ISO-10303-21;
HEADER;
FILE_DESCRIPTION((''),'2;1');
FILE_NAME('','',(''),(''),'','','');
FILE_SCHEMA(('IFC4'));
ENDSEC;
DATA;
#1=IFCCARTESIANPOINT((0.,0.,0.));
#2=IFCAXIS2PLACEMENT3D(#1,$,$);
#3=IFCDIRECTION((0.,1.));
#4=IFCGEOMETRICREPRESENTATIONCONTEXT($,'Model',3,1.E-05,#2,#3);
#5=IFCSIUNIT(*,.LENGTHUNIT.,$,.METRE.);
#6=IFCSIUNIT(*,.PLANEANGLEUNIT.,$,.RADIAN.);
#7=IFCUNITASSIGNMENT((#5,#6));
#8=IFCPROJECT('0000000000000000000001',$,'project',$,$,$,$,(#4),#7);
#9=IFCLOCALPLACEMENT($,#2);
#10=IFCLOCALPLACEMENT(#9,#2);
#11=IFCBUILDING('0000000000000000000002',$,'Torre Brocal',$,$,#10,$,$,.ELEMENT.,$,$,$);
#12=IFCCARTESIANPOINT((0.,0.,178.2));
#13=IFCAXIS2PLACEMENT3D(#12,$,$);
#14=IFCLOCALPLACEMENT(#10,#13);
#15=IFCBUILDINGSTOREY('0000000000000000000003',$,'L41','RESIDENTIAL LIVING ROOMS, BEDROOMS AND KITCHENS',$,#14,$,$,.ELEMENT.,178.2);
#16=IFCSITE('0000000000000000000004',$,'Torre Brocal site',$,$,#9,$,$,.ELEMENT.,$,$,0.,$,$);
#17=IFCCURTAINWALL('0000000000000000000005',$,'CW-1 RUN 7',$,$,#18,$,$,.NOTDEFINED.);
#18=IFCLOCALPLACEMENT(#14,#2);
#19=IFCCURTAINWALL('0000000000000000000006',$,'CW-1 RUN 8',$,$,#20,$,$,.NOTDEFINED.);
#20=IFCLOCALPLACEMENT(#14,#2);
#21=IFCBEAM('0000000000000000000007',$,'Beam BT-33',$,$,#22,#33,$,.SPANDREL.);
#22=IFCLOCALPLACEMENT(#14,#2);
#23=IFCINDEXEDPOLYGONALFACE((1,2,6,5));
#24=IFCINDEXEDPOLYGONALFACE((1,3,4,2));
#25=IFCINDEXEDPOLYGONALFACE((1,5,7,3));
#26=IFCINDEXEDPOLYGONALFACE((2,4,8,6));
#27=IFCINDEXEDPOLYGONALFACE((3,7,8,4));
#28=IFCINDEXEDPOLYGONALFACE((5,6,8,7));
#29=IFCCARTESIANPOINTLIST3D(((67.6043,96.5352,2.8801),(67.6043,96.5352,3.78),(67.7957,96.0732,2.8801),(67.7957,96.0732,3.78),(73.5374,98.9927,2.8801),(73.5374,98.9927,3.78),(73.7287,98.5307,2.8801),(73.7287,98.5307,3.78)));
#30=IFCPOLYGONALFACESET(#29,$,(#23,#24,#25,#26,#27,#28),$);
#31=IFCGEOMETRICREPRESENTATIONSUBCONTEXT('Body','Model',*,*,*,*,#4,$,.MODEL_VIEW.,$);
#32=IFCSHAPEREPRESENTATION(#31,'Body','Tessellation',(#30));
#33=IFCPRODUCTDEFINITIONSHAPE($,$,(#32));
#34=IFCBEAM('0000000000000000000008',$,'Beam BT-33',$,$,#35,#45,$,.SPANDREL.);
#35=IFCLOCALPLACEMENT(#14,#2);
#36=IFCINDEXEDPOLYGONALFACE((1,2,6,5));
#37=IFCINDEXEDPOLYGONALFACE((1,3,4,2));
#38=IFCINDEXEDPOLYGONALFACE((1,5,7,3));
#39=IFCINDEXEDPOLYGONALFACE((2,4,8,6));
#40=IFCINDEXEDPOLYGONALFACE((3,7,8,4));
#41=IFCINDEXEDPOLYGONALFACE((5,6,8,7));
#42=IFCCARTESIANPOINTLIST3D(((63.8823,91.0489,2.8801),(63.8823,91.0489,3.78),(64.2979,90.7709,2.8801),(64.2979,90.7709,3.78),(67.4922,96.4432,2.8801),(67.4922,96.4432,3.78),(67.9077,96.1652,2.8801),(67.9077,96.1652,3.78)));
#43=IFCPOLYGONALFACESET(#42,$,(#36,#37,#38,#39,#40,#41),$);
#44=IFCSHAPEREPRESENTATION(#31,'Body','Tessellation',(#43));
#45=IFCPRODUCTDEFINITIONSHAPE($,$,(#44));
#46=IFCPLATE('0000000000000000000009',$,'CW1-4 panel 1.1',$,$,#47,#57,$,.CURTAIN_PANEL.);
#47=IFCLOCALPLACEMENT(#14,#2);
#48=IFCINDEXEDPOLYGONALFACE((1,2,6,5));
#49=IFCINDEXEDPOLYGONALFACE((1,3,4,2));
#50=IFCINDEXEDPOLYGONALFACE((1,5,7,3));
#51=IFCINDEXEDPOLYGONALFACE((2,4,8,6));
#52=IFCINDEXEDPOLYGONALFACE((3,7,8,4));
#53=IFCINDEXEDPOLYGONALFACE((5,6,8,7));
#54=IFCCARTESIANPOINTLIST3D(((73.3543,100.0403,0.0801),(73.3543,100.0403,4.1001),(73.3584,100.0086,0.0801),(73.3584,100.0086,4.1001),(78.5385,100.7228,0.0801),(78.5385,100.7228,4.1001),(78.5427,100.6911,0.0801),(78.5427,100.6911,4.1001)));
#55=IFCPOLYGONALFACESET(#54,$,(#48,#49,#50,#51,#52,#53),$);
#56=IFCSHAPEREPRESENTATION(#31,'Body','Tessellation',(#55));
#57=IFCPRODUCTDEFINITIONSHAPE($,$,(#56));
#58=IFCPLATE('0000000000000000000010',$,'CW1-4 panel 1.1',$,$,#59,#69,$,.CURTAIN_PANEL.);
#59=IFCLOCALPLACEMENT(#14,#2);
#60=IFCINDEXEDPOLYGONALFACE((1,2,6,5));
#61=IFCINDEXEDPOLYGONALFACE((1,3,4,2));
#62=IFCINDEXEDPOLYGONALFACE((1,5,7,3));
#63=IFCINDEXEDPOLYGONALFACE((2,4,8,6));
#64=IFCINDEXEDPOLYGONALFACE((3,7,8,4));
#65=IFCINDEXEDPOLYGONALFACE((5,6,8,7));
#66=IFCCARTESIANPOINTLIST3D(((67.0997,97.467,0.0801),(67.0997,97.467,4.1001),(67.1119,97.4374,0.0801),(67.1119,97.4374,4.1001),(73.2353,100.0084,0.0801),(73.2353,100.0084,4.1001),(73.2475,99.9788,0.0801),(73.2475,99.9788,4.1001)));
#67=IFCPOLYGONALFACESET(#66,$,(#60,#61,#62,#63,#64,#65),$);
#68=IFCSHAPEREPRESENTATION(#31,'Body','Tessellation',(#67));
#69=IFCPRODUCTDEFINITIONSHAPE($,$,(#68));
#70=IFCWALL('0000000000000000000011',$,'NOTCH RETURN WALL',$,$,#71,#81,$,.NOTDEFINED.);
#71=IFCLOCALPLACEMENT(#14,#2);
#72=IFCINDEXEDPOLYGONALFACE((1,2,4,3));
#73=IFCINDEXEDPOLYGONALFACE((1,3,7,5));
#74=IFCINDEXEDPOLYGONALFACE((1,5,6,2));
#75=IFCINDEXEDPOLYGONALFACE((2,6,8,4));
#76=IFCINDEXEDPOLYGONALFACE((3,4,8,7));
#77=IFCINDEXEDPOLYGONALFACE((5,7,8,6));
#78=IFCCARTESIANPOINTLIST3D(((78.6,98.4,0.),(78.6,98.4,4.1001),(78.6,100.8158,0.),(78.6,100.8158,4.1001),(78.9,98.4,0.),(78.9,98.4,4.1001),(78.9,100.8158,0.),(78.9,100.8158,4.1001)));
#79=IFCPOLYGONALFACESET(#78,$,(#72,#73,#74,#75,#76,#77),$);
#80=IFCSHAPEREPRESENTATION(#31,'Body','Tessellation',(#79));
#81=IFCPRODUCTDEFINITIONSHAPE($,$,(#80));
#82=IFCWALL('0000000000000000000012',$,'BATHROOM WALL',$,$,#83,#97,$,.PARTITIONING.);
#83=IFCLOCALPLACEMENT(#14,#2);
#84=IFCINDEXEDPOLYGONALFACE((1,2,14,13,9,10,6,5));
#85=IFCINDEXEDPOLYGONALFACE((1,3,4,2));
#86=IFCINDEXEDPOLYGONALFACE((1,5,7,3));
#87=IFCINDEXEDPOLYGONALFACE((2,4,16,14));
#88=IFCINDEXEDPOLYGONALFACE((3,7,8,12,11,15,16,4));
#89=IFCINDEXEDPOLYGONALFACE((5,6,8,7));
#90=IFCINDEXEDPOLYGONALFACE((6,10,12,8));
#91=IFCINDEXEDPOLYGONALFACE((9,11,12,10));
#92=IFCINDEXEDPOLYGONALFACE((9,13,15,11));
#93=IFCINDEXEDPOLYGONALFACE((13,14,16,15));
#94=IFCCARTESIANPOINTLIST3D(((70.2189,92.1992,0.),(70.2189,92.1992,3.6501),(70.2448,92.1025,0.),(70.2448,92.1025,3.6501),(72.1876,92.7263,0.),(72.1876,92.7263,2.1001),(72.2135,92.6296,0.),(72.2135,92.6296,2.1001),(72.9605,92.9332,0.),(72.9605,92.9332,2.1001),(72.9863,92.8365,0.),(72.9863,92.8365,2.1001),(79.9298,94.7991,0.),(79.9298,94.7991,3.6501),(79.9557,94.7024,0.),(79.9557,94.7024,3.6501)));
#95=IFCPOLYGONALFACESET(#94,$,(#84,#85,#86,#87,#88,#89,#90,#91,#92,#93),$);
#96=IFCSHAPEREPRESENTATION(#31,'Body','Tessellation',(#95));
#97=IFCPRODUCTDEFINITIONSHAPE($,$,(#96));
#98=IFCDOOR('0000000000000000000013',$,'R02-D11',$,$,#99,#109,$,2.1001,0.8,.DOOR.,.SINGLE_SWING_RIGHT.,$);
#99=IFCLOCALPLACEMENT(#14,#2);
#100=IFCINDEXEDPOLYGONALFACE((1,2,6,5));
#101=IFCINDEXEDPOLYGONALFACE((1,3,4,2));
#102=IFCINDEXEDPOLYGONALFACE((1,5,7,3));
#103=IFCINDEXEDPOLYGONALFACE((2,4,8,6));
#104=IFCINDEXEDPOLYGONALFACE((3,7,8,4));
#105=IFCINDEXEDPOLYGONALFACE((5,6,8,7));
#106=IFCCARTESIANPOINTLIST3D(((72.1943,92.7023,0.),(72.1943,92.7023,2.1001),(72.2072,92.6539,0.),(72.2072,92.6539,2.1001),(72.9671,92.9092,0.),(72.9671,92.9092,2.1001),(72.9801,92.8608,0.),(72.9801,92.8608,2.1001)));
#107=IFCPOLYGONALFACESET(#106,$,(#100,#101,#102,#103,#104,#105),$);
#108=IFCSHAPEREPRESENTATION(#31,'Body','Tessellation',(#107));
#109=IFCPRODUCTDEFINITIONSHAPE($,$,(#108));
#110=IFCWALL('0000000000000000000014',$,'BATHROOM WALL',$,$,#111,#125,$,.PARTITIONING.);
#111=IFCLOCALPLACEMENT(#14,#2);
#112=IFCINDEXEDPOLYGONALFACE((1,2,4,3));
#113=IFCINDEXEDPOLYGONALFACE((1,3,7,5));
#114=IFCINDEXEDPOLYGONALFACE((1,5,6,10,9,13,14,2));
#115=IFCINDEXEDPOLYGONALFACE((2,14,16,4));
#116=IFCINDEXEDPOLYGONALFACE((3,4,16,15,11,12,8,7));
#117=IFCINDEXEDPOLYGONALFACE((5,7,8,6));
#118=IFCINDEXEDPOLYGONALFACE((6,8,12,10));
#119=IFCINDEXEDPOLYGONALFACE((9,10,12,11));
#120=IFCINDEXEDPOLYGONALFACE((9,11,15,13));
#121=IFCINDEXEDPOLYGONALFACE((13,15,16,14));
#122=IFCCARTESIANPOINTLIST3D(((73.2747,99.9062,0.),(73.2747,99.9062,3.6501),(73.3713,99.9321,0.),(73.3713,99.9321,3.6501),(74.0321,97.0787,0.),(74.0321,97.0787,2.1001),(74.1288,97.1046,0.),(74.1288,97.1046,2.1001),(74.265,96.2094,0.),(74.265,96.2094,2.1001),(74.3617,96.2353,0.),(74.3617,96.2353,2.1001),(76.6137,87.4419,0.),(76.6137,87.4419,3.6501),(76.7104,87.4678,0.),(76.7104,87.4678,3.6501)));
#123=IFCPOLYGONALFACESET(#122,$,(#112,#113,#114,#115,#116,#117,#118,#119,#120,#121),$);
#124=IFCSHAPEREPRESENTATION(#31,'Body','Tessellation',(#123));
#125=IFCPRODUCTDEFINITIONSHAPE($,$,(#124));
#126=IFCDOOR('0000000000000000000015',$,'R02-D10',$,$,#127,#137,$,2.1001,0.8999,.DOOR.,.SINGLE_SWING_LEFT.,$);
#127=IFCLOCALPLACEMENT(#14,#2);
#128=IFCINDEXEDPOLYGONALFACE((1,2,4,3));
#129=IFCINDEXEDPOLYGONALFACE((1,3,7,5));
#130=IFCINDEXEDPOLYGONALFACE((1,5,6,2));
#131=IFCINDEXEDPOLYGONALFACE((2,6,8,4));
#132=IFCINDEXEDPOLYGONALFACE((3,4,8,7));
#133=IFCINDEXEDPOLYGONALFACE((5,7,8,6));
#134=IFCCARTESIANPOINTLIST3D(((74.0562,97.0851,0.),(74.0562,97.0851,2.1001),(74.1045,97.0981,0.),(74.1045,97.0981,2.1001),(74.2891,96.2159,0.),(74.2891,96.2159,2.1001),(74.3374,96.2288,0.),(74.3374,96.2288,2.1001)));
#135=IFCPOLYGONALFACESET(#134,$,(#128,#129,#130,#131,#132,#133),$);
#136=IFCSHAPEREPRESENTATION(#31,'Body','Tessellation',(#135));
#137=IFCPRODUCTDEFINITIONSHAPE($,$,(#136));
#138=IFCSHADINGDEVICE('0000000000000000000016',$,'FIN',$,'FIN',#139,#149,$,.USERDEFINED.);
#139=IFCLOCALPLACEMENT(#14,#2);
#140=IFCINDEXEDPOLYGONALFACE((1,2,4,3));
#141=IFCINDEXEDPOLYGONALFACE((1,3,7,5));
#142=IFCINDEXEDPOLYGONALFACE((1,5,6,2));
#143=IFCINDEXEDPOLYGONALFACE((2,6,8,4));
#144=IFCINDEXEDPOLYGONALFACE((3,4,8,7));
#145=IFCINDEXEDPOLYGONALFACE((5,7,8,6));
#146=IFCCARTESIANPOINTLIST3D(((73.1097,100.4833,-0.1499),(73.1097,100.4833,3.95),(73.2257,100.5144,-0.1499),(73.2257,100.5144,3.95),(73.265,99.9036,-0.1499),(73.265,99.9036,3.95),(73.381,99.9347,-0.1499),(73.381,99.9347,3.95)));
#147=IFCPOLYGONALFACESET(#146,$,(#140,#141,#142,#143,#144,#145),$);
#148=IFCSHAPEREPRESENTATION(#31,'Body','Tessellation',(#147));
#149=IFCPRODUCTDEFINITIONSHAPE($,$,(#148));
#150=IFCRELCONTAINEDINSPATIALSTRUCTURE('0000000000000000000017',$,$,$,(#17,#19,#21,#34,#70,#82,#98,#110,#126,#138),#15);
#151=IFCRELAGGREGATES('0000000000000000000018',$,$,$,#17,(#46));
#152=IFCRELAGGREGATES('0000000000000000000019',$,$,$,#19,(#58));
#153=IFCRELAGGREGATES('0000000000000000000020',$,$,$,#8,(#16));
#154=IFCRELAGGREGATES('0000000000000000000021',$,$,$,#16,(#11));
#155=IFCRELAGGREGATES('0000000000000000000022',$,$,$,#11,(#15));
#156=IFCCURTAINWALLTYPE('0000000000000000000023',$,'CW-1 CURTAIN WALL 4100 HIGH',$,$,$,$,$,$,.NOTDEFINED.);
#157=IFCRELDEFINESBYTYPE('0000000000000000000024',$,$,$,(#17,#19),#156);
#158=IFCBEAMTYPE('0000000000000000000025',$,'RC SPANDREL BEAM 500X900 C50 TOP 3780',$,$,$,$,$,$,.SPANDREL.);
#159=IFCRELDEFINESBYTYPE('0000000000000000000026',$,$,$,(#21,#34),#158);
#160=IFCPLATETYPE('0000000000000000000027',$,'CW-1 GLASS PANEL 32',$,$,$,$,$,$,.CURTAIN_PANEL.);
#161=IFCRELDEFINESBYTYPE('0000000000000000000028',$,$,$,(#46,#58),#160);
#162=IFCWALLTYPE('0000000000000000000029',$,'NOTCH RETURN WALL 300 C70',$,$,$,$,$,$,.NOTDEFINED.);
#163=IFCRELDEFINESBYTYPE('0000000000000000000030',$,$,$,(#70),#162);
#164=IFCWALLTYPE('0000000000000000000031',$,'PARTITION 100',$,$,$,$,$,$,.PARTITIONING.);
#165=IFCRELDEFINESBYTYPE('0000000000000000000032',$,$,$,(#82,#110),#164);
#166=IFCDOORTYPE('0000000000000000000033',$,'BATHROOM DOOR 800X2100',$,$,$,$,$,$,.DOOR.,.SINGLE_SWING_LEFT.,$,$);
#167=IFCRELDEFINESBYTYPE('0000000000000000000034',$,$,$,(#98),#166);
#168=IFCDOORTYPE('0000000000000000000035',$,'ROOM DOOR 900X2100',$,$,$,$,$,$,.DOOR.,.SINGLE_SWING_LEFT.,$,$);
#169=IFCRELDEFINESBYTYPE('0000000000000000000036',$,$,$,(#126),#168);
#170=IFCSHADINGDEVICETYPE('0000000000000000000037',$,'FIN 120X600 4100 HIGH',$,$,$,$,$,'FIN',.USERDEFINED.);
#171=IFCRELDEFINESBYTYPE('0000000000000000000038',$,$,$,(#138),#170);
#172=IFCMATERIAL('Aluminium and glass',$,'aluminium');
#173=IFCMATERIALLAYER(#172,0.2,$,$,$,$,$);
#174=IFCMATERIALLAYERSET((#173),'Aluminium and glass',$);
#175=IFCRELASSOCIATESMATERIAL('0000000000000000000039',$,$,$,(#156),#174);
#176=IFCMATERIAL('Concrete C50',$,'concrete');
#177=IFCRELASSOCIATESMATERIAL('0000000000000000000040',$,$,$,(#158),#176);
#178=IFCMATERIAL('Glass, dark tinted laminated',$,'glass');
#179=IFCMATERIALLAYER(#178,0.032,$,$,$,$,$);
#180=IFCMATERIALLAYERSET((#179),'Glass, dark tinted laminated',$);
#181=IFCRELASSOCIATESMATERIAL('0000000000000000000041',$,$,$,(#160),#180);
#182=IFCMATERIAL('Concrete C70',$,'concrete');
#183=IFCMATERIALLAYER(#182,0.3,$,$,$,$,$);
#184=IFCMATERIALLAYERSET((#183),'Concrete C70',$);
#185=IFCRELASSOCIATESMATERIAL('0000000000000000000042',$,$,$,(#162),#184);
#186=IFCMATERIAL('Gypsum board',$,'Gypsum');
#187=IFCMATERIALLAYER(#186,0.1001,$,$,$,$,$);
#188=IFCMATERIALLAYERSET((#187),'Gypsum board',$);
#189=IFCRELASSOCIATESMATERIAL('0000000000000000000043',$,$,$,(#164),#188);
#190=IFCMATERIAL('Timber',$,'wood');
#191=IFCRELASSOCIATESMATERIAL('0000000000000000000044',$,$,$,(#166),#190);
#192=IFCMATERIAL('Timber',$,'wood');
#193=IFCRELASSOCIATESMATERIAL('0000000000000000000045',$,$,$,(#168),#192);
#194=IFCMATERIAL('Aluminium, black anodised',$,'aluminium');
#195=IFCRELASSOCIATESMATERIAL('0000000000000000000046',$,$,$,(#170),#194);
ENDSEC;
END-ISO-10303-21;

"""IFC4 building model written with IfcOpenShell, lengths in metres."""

from ifc_helpers import new_model, si_unit, direction, frame, frame_2d, origin, origin_2d, place, context, subcontext, project, spatial, rectangle, extrude, material, layer, layer_set, material_profile, profile_set, type_object, element, fill, aggregate, save


model = new_model("IFC4")

# Units and contexts
model_context = context("Model", 3, precision=1e-05, world=origin(), true_north=direction((0.0, 1.0)))
body_context = subcontext(model_context, "Body", "Model", "MODEL_VIEW")
ifc_project = project(units=[si_unit("LENGTHUNIT", "METRE"), si_unit("PLANEANGLEUNIT", "RADIAN")], contexts=[model_context])

# Site, building, storey
site_placement = place(None, origin())
site = spatial("IfcSite", under=ifc_project, at=site_placement, Name="Torre Brocal site", CompositionType="ELEMENT", RefElevation=0.0)
building_placement = place(site_placement, origin())
building = spatial("IfcBuilding", under=site, at=building_placement, Name="Torre Brocal", CompositionType="ELEMENT")
storey_placement = place(building_placement, frame((0.0, 0.0, 178.2)))
storey = spatial("IfcBuildingStorey", under=building, at=storey_placement, Name="L41", Description="RESIDENTIAL LIVING ROOMS, BEDROOMS AND KITCHENS", CompositionType="ELEMENT", Elevation=178.2)

# Curtain wall
ifc_material_1 = material(Name="Aluminium and glass", Category="aluminium")
ifc_layer_1 = layer(ifc_material_1, 0.2)
ifc_layer_set_1 = layer_set([ifc_layer_1], Name="Aluminium and glass")
curtain_wall_type = type_object("IfcCurtainWallType", Name="CW-1 CURTAIN WALL 4100 HIGH", PredefinedType="NOTDEFINED", material=ifc_layer_set_1)
curtain_wall_1_placement = place(storey_placement, origin())
curtain_wall_1 = element("IfcCurtainWall", 1, at=curtain_wall_1_placement, inside=storey, type_object=curtain_wall_type, Name="CW-1 RUN 7", PredefinedType="NOTDEFINED")

# Curtain wall
curtain_wall_2_placement = place(storey_placement, origin())
curtain_wall_2 = element("IfcCurtainWall", 2, at=curtain_wall_2_placement, inside=storey, type_object=curtain_wall_type, Name="CW-1 RUN 8", PredefinedType="NOTDEFINED")

# Beams
ifc_material_2 = material(Name="Concrete C50", Category="concrete")
ifc_material_profile_1 = material_profile(ifc_material_2, rectangle(XDim=0.5, YDim=0.8999, at=origin_2d()), Name="RC 500X900")
ifc_profile_set_1 = profile_set([ifc_material_profile_1], Name="Concrete C50")
beam_type_1 = type_object("IfcBeamType", Name="RC SPANDREL BEAM 500X900 C50 TOP 3780", PredefinedType="SPANDREL", material=ifc_profile_set_1)
beam_1_placement = place(storey_placement, frame((73.6331, 98.7617, 3.3301), z_axis=(-0.923882, -0.382676, 0.0), x_axis=(0.382676, -0.923882, 0.0)))
element("IfcBeam", 3, at=beam_1_placement, inside=storey, type_object=beam_type_1, Name="Beam BT-33", PredefinedType="SPANDREL", context=body_context, shape_type="SweptSolid", body=[
    extrude(rectangle(XDim=0.5, YDim=0.8999, at=origin_2d()), origin(), (0.0, 0.0, 1.0), 6.4219),
])
beam_2_placement = place(storey_placement, frame((67.7, 96.3042, 3.3301), z_axis=(-0.556158, -0.831077, 0.0), x_axis=(0.831077, -0.556158, 0.0)))
element("IfcBeam", 4, at=beam_2_placement, inside=storey, type_object=beam_type_1, Name="Beam BT-33", PredefinedType="SPANDREL", context=body_context, shape_type="SweptSolid", body=[
    extrude(rectangle(XDim=0.5, YDim=0.8999, at=origin_2d()), origin(), (0.0, 0.0, 1.0), 6.4907),
])

# Plates
ifc_material_3 = material(Name="Glass, dark tinted laminated", Category="glass")
ifc_layer_2 = layer(ifc_material_3, 0.032)
ifc_layer_set_2 = layer_set([ifc_layer_2], Name="Glass, dark tinted laminated")
plate_type = type_object("IfcPlateType", Name="CW-1 GLASS PANEL 32", PredefinedType="CURTAIN_PANEL", material=ifc_layer_set_2)
plate_1_placement = place(storey_placement, frame((75.9485, 100.3657, 0.0801), z_axis=(0.0, 0.0, 1.0), x_axis=(-0.991445, -0.130526, 0.0)))
plate_1 = element("IfcPlate", 5, at=plate_1_placement, type_object=plate_type, Name="CW1-4 panel 1.1", PredefinedType="CURTAIN_PANEL", context=body_context, shape_type="SweptSolid", body=[
    extrude(rectangle(XDim=5.229, YDim=0.032, at=origin_2d()), origin(), (0.0, 0.0, 1.0), 4.02),
])
aggregate(curtain_wall_1, [plate_1])
plate_2_placement = place(storey_placement, frame((70.1736, 98.7229, 0.0801), z_axis=(0.0, 0.0, 1.0), x_axis=(-0.92388, -0.382683, 0.0)))
plate_2 = element("IfcPlate", 6, at=plate_2_placement, type_object=plate_type, Name="CW1-4 panel 1.1", PredefinedType="CURTAIN_PANEL", context=body_context, shape_type="SweptSolid", body=[
    extrude(rectangle(XDim=6.6411, YDim=0.032, at=origin_2d()), origin(), (0.0, 0.0, 1.0), 4.02),
])
aggregate(curtain_wall_2, [plate_2])

# Wall
ifc_material_4 = material(Name="Concrete C70", Category="concrete")
ifc_layer_3 = layer(ifc_material_4, 0.3)
ifc_layer_set_3 = layer_set([ifc_layer_3], Name="Concrete C70")
wall_type_1 = type_object("IfcWallType", Name="NOTCH RETURN WALL 300 C70", PredefinedType="NOTDEFINED", material=ifc_layer_set_3)
wall_1_placement = place(storey_placement, frame((78.75, 98.3999, 0.0), z_axis=(0.0, 0.0, 1.0), x_axis=(0.0, 1.0, 0.0)))
element("IfcWall", 7, at=wall_1_placement, inside=storey, type_object=wall_type_1, Name="NOTCH RETURN WALL", PredefinedType="NOTDEFINED", context=body_context, shape_type="SweptSolid", body=[
    extrude(rectangle(XDim=2.4158, YDim=0.3, at=frame_2d((1.208, 0.0))), origin(), (0.0, 0.0, 1.0), 4.1001),
])

# Walls, openings, doors
ifc_material_5 = material(Name="Gypsum board", Category="Gypsum")
ifc_layer_4 = layer(ifc_material_5, 0.1001)
ifc_layer_set_4 = layer_set([ifc_layer_4], Name="Gypsum board")
wall_type_2 = type_object("IfcWallType", Name="PARTITION 100", PredefinedType="PARTITIONING", material=ifc_layer_set_4)
wall_2_placement = place(storey_placement, frame((70.2319, 92.1509, 0.0), z_axis=(0.0, 0.0, 1.0), x_axis=(0.96598, 0.258616, 0.0)))
wall_2 = element("IfcWall", 8, at=wall_2_placement, inside=storey, type_object=wall_type_2, Name="BATHROOM WALL", PredefinedType="PARTITIONING", context=body_context, shape_type="SweptSolid", body=[
    extrude(rectangle(XDim=10.053, YDim=0.1001, at=frame_2d((5.0264, 0.0))), origin(), (0.0, 0.0, 1.0), 3.6501),
])
opening_1_placement = place(wall_2_placement, frame((2.0381, 0.0, 0.0)))
opening_1 = element("IfcOpeningElement", 9, at=opening_1_placement, cuts=wall_2, PredefinedType="OPENING", context=body_context, shape_type="SweptSolid", body=[
    extrude(rectangle(XDim=0.8, YDim=2.1001, at=frame_2d((0.3999, 1.05))), frame((0.0, 0.0601, 0.0), z_axis=(0.0, -1.0, 0.0), x_axis=(1.0, 0.0, 0.0)), (0.0, 0.0, 1.0), 0.1201),
])
ifc_material_6 = material(Name="Timber", Category="wood")
door_type_1 = type_object("IfcDoorType", Name="BATHROOM DOOR 800X2100", OperationType="SINGLE_SWING_LEFT", PredefinedType="DOOR", material=ifc_material_6)
door_1_placement = place(opening_1_placement, frame((0.8, 0.0, 0.0), z_axis=(0.0, 0.0, 1.0), x_axis=(-1.0, 0.0, 0.0)))
door_1 = element("IfcDoor", 10, at=door_1_placement, inside=storey, type_object=door_type_1, Name="R02-D11", OperationType="SINGLE_SWING_RIGHT", OverallHeight=2.1001, OverallWidth=0.8, PredefinedType="DOOR", context=body_context, shape_type="SweptSolid", body=[
    extrude(rectangle(XDim=0.8, YDim=2.1001, at=frame_2d((0.3999, 1.05))), frame((0.0, 0.0249, 0.0), z_axis=(0.0, -1.0, 0.0), x_axis=(1.0, 0.0, 0.0)), (0.0, 0.0, 1.0), 0.05),
])
fill(opening_1, door_1)
wall_3_placement = place(storey_placement, frame((73.323, 99.9192, 0.0), z_axis=(0.0, 0.0, 1.0), x_axis=(0.258768, -0.965939, 0.0)))
wall_3 = element("IfcWall", 11, at=wall_3_placement, inside=storey, type_object=wall_type_2, Name="BATHROOM WALL", PredefinedType="PARTITIONING", context=body_context, shape_type="SweptSolid", body=[
    extrude(rectangle(XDim=12.9038, YDim=0.1001, at=frame_2d((6.4519, 0.0))), origin(), (0.0, 0.0, 1.0), 3.6501),
])
opening_2_placement = place(wall_3_placement, frame((2.9272, 0.0, 0.0)))
opening_2 = element("IfcOpeningElement", 12, at=opening_2_placement, cuts=wall_3, PredefinedType="OPENING", context=body_context, shape_type="SweptSolid", body=[
    extrude(rectangle(XDim=0.8999, YDim=2.1001, at=frame_2d((0.45, 1.05))), frame((0.0, 0.0601, 0.0), z_axis=(0.0, -1.0, 0.0), x_axis=(1.0, 0.0, 0.0)), (0.0, 0.0, 1.0), 0.1201),
])
ifc_material_7 = material(Name="Timber", Category="wood")
door_type_2 = type_object("IfcDoorType", Name="ROOM DOOR 900X2100", OperationType="SINGLE_SWING_LEFT", PredefinedType="DOOR", material=ifc_material_7)
door_2_placement = place(opening_2_placement, origin())
door_2 = element("IfcDoor", 13, at=door_2_placement, inside=storey, type_object=door_type_2, Name="R02-D10", OperationType="SINGLE_SWING_LEFT", OverallHeight=2.1001, OverallWidth=0.8999, PredefinedType="DOOR", context=body_context, shape_type="SweptSolid", body=[
    extrude(rectangle(XDim=0.8999, YDim=2.1001, at=frame_2d((0.45, 1.05))), frame((0.0, 0.0249, 0.0), z_axis=(0.0, -1.0, 0.0), x_axis=(1.0, 0.0, 0.0)), (0.0, 0.0, 1.0), 0.05),
])
fill(opening_2, door_2)

# Shading device
ifc_material_8 = material(Name="Aluminium, black anodised", Category="aluminium")
ifc_material_profile_2 = material_profile(ifc_material_8, rectangle(XDim=0.1201, YDim=0.6001, at=origin_2d()), Name="FIN 120X600 4100 HIGH")
ifc_profile_set_2 = profile_set([ifc_material_profile_2], Name="Aluminium, black anodised")
shading_device_type = type_object("IfcShadingDeviceType", Name="FIN 120X600 4100 HIGH", ElementType="FIN", PredefinedType="USERDEFINED", material=ifc_profile_set_2)
shading_device_placement = place(storey_placement, frame((73.2454, 100.209, -0.1499), z_axis=(0.0, 0.0, 1.0), x_axis=(-0.965926, -0.258819, 0.0)))
element("IfcShadingDevice", 14, at=shading_device_placement, inside=storey, type_object=shading_device_type, Name="FIN", ObjectType="FIN", PredefinedType="USERDEFINED", context=body_context, shape_type="SweptSolid", body=[
    extrude(rectangle(XDim=0.1201, YDim=0.6001, at=origin_2d()), origin(), (0.0, 0.0, 1.0), 4.0999),
])

save(model, "model.ifc")
